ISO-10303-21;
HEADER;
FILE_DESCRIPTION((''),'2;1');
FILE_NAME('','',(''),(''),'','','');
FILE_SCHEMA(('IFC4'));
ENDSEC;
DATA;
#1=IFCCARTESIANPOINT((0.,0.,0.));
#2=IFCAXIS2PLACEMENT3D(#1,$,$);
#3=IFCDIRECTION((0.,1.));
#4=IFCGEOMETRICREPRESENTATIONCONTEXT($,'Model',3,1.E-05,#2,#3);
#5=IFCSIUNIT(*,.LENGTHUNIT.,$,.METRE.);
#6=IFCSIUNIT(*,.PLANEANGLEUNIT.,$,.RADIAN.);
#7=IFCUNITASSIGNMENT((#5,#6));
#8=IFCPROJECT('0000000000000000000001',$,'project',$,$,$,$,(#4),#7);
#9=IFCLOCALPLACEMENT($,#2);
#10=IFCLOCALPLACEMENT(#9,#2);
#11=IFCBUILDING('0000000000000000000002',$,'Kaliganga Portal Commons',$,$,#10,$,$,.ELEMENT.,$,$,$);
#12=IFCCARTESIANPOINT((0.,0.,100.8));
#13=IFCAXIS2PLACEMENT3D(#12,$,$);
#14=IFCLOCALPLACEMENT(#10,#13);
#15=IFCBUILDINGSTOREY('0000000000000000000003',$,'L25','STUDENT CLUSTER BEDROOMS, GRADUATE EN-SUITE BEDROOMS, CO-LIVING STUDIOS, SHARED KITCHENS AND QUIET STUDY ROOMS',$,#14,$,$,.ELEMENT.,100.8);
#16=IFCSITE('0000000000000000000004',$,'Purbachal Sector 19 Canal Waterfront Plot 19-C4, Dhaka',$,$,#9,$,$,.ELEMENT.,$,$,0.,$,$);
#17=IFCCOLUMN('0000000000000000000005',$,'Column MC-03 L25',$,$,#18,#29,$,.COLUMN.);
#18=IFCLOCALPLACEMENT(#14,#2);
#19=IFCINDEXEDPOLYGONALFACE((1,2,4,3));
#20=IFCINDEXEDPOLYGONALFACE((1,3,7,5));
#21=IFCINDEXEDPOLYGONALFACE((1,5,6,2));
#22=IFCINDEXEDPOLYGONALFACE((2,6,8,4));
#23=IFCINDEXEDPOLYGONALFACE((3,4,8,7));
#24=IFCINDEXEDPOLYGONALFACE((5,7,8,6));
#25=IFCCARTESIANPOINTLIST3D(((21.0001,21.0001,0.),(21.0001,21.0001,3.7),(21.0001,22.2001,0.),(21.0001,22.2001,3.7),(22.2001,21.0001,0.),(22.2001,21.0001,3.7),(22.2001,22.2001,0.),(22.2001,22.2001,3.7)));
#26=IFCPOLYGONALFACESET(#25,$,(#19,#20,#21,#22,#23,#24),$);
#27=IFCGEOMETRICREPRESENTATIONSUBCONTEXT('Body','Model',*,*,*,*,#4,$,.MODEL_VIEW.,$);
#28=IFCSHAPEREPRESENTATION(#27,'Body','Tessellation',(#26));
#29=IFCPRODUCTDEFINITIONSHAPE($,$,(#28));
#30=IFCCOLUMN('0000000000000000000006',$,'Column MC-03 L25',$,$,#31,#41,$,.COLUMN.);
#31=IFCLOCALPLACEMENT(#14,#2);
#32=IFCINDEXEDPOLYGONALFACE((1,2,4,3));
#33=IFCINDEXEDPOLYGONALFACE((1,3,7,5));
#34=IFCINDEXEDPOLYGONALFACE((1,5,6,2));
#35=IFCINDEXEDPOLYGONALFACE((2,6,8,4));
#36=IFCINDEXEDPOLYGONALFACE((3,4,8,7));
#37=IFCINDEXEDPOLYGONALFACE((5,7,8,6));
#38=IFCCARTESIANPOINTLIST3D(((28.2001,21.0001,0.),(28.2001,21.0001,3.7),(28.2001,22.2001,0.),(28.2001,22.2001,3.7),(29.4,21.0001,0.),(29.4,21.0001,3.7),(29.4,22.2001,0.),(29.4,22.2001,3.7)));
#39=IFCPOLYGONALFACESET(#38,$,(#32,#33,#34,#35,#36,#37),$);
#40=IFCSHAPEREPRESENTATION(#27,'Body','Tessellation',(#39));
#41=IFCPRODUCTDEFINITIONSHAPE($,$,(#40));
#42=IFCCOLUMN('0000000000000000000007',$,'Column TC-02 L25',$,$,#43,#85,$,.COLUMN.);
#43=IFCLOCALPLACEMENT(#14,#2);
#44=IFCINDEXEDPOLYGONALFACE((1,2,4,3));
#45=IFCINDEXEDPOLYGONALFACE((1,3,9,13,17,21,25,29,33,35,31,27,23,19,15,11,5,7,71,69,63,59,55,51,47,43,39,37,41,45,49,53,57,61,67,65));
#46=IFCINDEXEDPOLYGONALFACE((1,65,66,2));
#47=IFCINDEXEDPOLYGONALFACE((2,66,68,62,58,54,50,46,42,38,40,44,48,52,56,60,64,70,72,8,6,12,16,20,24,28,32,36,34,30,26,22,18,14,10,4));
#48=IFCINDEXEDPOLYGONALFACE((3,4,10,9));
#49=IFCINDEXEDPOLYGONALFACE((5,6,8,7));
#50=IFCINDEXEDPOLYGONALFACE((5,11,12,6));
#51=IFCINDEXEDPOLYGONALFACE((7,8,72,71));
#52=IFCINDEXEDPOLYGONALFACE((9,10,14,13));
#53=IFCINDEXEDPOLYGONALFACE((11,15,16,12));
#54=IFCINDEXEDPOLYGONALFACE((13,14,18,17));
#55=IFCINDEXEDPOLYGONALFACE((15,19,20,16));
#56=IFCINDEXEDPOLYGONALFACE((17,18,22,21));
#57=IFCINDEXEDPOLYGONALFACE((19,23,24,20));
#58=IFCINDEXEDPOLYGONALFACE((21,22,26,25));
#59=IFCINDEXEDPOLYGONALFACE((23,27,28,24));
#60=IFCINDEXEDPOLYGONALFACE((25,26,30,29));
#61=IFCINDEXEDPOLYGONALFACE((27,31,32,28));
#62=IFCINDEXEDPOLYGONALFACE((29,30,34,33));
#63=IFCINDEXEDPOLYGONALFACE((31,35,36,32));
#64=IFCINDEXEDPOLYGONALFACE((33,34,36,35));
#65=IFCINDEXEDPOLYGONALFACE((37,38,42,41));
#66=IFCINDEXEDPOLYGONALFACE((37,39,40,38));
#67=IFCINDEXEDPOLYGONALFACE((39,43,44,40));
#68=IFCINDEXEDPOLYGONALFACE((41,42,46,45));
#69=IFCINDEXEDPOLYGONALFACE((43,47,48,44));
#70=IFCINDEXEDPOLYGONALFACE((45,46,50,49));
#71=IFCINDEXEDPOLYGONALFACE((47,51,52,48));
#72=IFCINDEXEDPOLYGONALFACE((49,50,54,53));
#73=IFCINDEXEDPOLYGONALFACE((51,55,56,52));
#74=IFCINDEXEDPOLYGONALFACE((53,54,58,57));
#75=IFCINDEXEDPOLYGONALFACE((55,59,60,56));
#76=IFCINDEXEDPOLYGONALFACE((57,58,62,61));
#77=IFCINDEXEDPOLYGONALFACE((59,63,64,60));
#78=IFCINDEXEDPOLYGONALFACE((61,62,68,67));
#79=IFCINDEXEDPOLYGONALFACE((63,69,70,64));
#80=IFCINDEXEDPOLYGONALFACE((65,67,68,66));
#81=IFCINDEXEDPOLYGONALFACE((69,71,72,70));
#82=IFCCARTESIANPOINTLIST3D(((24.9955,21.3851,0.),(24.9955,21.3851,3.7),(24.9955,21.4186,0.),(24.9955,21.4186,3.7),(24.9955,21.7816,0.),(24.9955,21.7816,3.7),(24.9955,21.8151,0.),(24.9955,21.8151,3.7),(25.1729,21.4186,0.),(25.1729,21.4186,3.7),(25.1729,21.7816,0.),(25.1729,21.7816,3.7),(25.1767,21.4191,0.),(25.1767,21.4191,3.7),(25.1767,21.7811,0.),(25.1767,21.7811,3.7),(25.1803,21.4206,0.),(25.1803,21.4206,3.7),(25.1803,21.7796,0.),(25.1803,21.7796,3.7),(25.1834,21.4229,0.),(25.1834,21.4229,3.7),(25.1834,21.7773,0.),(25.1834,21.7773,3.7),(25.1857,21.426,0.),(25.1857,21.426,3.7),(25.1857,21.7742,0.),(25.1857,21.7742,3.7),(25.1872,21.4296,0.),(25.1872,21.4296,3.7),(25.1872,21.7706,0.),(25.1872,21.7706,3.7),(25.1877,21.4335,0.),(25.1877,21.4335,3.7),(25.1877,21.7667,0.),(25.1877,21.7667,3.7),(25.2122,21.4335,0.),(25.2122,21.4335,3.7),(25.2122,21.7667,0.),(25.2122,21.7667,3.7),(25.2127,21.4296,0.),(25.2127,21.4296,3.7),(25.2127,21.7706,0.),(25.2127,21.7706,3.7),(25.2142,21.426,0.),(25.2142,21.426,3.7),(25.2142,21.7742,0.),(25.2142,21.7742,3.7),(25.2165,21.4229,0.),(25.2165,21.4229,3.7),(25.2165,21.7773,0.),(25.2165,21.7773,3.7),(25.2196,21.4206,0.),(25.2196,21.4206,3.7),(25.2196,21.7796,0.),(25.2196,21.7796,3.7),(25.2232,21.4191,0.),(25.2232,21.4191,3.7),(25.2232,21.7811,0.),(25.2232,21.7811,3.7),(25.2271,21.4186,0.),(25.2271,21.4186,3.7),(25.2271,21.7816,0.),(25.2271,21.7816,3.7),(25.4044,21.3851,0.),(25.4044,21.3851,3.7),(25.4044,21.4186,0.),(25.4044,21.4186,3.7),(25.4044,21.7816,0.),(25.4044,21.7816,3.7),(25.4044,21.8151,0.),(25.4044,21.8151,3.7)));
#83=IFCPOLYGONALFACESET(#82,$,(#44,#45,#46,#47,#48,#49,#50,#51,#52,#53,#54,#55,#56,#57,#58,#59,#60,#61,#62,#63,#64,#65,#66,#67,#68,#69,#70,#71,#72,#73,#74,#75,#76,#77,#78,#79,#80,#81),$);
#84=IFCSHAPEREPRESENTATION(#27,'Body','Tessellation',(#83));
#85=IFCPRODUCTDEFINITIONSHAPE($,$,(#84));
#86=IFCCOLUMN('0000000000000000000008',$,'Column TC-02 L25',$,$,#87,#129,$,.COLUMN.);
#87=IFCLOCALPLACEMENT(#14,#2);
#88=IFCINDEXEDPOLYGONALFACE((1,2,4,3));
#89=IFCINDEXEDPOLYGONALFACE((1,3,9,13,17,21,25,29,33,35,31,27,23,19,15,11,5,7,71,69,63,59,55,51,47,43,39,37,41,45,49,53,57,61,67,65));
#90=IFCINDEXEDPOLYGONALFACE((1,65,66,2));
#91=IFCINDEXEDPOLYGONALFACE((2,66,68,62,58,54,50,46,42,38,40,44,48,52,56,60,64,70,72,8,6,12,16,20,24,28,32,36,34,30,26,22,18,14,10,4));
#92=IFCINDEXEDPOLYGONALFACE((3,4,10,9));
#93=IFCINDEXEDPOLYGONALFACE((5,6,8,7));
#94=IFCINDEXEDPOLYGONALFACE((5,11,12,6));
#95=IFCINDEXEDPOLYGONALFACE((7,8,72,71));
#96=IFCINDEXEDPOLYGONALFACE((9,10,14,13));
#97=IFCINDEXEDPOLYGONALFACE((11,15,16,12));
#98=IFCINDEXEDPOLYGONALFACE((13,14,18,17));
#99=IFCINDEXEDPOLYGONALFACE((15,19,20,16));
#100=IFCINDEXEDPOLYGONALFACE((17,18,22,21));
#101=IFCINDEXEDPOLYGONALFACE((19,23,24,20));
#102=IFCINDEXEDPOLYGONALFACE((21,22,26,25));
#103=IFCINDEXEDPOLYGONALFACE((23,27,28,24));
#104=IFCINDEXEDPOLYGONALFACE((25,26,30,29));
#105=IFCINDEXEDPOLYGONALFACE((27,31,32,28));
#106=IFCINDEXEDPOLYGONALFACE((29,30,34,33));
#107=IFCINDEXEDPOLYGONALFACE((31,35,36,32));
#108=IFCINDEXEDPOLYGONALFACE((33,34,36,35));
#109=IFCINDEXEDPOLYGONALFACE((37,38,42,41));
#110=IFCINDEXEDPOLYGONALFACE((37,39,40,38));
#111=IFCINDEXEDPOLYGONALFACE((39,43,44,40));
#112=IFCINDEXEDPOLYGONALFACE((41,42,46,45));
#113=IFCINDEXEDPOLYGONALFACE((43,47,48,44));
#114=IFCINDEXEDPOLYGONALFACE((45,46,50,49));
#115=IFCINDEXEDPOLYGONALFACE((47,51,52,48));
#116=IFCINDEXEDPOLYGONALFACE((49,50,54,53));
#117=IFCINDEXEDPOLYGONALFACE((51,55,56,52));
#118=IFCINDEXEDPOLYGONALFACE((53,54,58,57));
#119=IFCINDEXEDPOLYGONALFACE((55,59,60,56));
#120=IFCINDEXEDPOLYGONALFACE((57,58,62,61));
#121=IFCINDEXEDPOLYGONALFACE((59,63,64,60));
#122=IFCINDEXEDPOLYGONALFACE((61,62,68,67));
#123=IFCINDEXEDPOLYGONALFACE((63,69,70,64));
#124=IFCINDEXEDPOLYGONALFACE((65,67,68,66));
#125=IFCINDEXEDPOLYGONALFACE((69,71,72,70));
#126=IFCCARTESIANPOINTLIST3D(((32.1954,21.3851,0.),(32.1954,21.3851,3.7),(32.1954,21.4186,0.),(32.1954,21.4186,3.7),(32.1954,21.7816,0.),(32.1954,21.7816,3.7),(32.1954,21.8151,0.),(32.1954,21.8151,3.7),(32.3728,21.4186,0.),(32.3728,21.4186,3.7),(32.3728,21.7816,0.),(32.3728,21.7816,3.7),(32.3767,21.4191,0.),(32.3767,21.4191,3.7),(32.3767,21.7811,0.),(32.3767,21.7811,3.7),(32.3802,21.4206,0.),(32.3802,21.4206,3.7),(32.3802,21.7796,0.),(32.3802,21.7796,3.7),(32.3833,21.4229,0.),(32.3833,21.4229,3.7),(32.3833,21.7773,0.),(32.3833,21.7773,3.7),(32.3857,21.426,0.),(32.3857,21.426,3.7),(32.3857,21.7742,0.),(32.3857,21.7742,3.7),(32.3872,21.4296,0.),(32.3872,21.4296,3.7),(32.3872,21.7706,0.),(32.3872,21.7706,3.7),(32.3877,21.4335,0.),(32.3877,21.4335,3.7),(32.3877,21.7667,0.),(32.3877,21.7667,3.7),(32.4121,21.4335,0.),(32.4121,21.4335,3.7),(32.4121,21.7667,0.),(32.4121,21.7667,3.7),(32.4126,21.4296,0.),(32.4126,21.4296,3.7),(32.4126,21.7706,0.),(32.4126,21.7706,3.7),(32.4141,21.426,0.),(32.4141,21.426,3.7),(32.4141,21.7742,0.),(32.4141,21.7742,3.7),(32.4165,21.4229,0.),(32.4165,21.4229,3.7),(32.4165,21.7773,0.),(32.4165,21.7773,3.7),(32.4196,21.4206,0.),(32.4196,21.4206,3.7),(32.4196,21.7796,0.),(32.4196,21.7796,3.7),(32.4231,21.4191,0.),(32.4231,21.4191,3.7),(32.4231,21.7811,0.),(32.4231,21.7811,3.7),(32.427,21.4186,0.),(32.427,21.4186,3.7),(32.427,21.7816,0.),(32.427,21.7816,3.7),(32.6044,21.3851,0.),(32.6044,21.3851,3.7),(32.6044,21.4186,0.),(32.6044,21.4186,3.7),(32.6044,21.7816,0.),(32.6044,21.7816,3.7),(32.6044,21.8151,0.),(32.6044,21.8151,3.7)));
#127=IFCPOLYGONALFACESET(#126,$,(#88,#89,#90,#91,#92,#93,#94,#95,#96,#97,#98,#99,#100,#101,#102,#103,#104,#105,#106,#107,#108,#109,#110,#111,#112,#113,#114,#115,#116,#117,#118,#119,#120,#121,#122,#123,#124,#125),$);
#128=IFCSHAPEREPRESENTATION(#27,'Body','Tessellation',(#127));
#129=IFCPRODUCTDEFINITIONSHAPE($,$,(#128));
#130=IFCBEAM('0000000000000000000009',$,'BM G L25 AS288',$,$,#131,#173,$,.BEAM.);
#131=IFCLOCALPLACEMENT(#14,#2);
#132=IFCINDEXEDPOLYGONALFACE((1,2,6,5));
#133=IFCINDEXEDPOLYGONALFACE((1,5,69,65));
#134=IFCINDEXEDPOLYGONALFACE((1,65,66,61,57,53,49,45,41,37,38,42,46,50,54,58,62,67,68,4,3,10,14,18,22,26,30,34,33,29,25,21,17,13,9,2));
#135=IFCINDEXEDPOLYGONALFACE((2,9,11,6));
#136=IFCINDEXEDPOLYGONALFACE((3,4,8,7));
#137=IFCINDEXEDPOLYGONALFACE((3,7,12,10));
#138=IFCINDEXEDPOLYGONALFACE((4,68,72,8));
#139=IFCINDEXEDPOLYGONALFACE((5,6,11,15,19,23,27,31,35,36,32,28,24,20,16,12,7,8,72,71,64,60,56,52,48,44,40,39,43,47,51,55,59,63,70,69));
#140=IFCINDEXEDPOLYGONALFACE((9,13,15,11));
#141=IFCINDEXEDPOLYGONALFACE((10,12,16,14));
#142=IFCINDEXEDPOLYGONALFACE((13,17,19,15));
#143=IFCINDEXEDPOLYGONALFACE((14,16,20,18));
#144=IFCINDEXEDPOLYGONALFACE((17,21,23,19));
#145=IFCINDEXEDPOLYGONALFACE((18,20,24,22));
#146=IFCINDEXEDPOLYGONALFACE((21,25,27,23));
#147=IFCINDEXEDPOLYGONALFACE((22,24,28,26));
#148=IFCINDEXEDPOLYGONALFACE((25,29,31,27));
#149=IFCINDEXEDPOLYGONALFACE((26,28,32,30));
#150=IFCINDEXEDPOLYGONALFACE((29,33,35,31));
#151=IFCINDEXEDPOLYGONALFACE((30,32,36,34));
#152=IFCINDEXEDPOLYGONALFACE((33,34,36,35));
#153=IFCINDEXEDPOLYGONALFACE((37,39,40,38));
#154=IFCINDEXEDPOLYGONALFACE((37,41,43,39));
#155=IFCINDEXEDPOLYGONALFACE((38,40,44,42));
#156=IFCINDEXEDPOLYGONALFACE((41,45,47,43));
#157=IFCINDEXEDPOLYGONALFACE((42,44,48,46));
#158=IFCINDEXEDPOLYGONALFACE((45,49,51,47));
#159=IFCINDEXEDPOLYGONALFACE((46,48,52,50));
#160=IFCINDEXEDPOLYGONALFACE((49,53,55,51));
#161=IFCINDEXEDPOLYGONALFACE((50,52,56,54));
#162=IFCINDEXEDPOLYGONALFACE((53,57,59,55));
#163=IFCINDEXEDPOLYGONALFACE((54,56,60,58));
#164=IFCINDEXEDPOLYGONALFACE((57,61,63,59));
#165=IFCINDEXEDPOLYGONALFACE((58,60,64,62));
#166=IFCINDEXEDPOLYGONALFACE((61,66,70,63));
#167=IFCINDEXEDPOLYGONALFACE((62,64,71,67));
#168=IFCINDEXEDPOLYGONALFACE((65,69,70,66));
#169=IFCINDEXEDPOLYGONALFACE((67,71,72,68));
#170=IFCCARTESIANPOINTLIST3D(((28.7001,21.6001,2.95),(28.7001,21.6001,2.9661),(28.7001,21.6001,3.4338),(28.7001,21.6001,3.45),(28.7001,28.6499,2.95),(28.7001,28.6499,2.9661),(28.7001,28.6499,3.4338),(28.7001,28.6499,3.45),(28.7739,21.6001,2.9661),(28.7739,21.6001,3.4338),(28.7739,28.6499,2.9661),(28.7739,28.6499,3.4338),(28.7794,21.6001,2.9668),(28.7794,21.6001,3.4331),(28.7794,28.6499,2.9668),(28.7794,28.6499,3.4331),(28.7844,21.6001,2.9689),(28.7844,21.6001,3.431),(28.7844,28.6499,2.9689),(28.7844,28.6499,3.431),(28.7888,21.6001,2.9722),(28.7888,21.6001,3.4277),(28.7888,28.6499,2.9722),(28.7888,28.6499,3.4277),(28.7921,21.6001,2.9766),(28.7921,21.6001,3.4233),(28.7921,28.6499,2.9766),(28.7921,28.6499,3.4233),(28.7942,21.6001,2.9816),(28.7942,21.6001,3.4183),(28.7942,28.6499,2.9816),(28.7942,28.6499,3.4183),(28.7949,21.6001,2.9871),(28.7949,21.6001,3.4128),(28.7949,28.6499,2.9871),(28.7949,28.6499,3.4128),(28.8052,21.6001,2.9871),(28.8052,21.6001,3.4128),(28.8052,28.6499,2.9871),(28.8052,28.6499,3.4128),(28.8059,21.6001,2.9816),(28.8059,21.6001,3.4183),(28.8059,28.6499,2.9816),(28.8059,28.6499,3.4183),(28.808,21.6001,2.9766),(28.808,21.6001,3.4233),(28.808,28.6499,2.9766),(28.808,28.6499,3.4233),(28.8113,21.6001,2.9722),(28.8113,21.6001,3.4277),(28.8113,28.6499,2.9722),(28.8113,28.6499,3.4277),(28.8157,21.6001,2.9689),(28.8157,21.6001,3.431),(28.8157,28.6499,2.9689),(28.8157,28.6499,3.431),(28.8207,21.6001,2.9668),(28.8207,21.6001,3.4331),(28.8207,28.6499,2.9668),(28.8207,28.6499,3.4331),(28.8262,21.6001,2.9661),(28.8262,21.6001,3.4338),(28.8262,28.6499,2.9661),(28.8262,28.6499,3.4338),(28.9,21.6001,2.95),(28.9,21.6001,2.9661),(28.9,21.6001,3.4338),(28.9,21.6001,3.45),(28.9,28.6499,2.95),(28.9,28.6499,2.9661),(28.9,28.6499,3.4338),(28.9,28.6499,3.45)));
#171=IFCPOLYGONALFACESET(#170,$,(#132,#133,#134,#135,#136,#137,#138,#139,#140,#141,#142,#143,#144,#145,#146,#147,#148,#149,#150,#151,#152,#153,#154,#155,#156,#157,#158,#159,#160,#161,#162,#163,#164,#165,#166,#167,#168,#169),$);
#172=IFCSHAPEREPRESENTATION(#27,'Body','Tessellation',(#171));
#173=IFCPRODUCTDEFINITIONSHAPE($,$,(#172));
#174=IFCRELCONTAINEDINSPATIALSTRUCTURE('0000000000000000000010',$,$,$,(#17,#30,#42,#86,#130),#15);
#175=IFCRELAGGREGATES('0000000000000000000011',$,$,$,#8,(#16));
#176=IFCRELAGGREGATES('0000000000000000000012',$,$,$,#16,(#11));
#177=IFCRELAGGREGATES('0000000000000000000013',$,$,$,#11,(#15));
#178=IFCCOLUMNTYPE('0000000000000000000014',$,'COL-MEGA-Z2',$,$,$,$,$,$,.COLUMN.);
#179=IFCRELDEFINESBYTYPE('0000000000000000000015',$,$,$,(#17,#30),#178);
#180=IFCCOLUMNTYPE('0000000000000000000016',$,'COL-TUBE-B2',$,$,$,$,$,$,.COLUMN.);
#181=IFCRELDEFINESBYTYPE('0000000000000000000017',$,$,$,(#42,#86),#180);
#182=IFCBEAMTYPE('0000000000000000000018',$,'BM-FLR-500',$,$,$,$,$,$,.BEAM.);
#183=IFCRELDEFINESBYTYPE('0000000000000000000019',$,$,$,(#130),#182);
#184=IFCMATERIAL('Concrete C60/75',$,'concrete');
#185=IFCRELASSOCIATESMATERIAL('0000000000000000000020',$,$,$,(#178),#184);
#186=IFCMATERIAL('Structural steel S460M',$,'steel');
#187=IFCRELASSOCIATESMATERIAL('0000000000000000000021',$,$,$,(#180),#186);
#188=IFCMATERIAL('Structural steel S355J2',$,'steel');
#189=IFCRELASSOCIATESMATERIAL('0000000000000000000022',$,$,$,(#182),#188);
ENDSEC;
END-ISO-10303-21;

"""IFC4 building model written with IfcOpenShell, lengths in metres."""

from ifc_helpers import new_model, si_unit, direction, frame, origin, origin_2d, place, context, subcontext, project, spatial, rectangle, i_section, extrude, source, transform, mapped, material, material_profile, profile_set, type_object, element, save


model = new_model("IFC4")

# Units and contexts
model_context = context("Model", 3, precision=1e-05, world=origin(), true_north=direction((0.0, 1.0)))
body_context = subcontext(model_context, "Body", "Model", "MODEL_VIEW")
ifc_project = project(units=[si_unit("LENGTHUNIT", "METRE"), si_unit("PLANEANGLEUNIT", "RADIAN")], contexts=[model_context])

# Site, building, storey
site_placement = place(None, origin())
site = spatial("IfcSite", under=ifc_project, at=site_placement, Name="Purbachal Sector 19 Canal Waterfront Plot 19-C4, Dhaka", CompositionType="ELEMENT", RefElevation=0.0)
building_placement = place(site_placement, origin())
building = spatial("IfcBuilding", under=site, at=building_placement, Name="Kaliganga Portal Commons", CompositionType="ELEMENT")
storey_placement = place(building_placement, frame((0.0, 0.0, 100.8)))
storey = spatial("IfcBuildingStorey", under=building, at=storey_placement, Name="L25", Description="STUDENT CLUSTER BEDROOMS, GRADUATE EN-SUITE BEDROOMS, CO-LIVING STUDIOS, SHARED KITCHENS AND QUIET STUDY ROOMS", CompositionType="ELEMENT", Elevation=100.8)

# Columns
ifc_material_1 = material(Name="Concrete C60/75", Category="concrete")
ifc_material_profile_1 = material_profile(ifc_material_1, rectangle(XDim=1.2, YDim=1.2, at=origin_2d()), Name="RC 1200x1200")
ifc_profile_set_1 = profile_set([ifc_material_profile_1], Name="Concrete C60/75")
column_type_1 = type_object("IfcColumnType", Name="COL-MEGA-Z2", PredefinedType="COLUMN", material=ifc_profile_set_1)
shared_shape_1 = source(origin(), body_context, "Body", "SweptSolid", [
    extrude(rectangle(XDim=1.2, YDim=1.2, at=origin_2d()), origin(), (0.0, 0.0, 1.0), 3.7),
])
for number, where, z_axis, x_axis, name in (
    (1, (21.6001, 21.6001, 0.0), (0.0, 0.0, 1.0), (1.0, 0.0, 0.0), "Column MC-03 L25"),
    (2, (28.8, 21.6001, 0.0), (0.0, 0.0, 1.0), (1.0, 0.0, 0.0), "Column MC-03 L25"),
):
    element("IfcColumn", number, at=place(storey_placement, frame(where, z_axis=z_axis, x_axis=x_axis)), inside=storey, type_object=column_type_1, Name=name, PredefinedType="COLUMN", context=body_context, shape_type="MappedRepresentation", body=[
        mapped(shared_shape_1, transform((0.0, 0.0, 0.0), x_axis=(1.0, 0.0, 0.0), y_axis=(0.0, 1.0, 0.0), z_axis=(0.0, 0.0, 1.0), scale=1.0)),
    ])
ifc_material_2 = material(Name="Structural steel S460M", Category="steel")
ifc_material_profile_2 = material_profile(ifc_material_2, i_section(OverallWidth=0.4089, OverallDepth=0.4299, WebThickness=0.0244, FlangeThickness=0.0334, FilletRadius=0.0149, at=origin_2d()), Name="HD 400x421")
ifc_profile_set_2 = profile_set([ifc_material_profile_2], Name="Structural steel S460M wide-flange")
column_type_2 = type_object("IfcColumnType", Name="COL-TUBE-B2", PredefinedType="COLUMN", material=ifc_profile_set_2)
shared_shape_2 = source(origin(), body_context, "Body", "SweptSolid", [
    extrude(i_section(OverallWidth=0.4089, OverallDepth=0.4299, WebThickness=0.0244, FlangeThickness=0.0334, FilletRadius=0.0149, at=origin_2d()), origin(), (0.0, 0.0, 1.0), 3.7),
])
for number, where, z_axis, x_axis, name in (
    (3, (25.2, 21.6001, 0.0), (0.0, 0.0, 1.0), (1.0, 0.0, 0.0), "Column TC-02 L25"),
    (4, (32.3999, 21.6001, 0.0), (0.0, 0.0, 1.0), (1.0, 0.0, 0.0), "Column TC-02 L25"),
):
    element("IfcColumn", number, at=place(storey_placement, frame(where, z_axis=z_axis, x_axis=x_axis)), inside=storey, type_object=column_type_2, Name=name, PredefinedType="COLUMN", context=body_context, shape_type="MappedRepresentation", body=[
        mapped(shared_shape_2, transform((0.0, 0.0, 0.0), x_axis=(1.0, 0.0, 0.0), y_axis=(0.0, 1.0, 0.0), z_axis=(0.0, 0.0, 1.0), scale=1.0)),
    ])

# Beam
ifc_material_3 = material(Name="Structural steel S355J2", Category="steel")
ifc_material_profile_3 = material_profile(ifc_material_3, i_section(OverallWidth=0.2, OverallDepth=0.5, WebThickness=0.0103, FlangeThickness=0.0161, FilletRadius=0.021, at=origin_2d()), Name="IPE 500")
ifc_profile_set_3 = profile_set([ifc_material_profile_3], Name="Structural steel S355J2 wide-flange")
beam_type_1 = type_object("IfcBeamType", Name="BM-FLR-500", PredefinedType="BEAM", material=ifc_profile_set_3)
shared_shape_3 = source(origin(), body_context, "Body", "SweptSolid", [
    extrude(i_section(OverallWidth=0.2, OverallDepth=0.5, WebThickness=0.0103, FlangeThickness=0.0161, FilletRadius=0.021, at=origin_2d()), origin(), (0.0, 0.0, 1.0), 7.0498),
])
beam_1_placement = place(storey_placement, frame((28.8, 21.6001, 3.2), z_axis=(0.0, 1.0, 0.0), x_axis=(-1.0, 0.0, 0.0)))
element("IfcBeam", 5, at=beam_1_placement, inside=storey, type_object=beam_type_1, Name="BM G L25 AS288", PredefinedType="BEAM", context=body_context, shape_type="MappedRepresentation", body=[
    mapped(shared_shape_3, transform((0.0, 0.0, 0.0), x_axis=(1.0, 0.0, 0.0), y_axis=(0.0, 1.0, 0.0), z_axis=(0.0, 0.0, 1.0), scale=1.0)),
])

save(model, "model.ifc")
